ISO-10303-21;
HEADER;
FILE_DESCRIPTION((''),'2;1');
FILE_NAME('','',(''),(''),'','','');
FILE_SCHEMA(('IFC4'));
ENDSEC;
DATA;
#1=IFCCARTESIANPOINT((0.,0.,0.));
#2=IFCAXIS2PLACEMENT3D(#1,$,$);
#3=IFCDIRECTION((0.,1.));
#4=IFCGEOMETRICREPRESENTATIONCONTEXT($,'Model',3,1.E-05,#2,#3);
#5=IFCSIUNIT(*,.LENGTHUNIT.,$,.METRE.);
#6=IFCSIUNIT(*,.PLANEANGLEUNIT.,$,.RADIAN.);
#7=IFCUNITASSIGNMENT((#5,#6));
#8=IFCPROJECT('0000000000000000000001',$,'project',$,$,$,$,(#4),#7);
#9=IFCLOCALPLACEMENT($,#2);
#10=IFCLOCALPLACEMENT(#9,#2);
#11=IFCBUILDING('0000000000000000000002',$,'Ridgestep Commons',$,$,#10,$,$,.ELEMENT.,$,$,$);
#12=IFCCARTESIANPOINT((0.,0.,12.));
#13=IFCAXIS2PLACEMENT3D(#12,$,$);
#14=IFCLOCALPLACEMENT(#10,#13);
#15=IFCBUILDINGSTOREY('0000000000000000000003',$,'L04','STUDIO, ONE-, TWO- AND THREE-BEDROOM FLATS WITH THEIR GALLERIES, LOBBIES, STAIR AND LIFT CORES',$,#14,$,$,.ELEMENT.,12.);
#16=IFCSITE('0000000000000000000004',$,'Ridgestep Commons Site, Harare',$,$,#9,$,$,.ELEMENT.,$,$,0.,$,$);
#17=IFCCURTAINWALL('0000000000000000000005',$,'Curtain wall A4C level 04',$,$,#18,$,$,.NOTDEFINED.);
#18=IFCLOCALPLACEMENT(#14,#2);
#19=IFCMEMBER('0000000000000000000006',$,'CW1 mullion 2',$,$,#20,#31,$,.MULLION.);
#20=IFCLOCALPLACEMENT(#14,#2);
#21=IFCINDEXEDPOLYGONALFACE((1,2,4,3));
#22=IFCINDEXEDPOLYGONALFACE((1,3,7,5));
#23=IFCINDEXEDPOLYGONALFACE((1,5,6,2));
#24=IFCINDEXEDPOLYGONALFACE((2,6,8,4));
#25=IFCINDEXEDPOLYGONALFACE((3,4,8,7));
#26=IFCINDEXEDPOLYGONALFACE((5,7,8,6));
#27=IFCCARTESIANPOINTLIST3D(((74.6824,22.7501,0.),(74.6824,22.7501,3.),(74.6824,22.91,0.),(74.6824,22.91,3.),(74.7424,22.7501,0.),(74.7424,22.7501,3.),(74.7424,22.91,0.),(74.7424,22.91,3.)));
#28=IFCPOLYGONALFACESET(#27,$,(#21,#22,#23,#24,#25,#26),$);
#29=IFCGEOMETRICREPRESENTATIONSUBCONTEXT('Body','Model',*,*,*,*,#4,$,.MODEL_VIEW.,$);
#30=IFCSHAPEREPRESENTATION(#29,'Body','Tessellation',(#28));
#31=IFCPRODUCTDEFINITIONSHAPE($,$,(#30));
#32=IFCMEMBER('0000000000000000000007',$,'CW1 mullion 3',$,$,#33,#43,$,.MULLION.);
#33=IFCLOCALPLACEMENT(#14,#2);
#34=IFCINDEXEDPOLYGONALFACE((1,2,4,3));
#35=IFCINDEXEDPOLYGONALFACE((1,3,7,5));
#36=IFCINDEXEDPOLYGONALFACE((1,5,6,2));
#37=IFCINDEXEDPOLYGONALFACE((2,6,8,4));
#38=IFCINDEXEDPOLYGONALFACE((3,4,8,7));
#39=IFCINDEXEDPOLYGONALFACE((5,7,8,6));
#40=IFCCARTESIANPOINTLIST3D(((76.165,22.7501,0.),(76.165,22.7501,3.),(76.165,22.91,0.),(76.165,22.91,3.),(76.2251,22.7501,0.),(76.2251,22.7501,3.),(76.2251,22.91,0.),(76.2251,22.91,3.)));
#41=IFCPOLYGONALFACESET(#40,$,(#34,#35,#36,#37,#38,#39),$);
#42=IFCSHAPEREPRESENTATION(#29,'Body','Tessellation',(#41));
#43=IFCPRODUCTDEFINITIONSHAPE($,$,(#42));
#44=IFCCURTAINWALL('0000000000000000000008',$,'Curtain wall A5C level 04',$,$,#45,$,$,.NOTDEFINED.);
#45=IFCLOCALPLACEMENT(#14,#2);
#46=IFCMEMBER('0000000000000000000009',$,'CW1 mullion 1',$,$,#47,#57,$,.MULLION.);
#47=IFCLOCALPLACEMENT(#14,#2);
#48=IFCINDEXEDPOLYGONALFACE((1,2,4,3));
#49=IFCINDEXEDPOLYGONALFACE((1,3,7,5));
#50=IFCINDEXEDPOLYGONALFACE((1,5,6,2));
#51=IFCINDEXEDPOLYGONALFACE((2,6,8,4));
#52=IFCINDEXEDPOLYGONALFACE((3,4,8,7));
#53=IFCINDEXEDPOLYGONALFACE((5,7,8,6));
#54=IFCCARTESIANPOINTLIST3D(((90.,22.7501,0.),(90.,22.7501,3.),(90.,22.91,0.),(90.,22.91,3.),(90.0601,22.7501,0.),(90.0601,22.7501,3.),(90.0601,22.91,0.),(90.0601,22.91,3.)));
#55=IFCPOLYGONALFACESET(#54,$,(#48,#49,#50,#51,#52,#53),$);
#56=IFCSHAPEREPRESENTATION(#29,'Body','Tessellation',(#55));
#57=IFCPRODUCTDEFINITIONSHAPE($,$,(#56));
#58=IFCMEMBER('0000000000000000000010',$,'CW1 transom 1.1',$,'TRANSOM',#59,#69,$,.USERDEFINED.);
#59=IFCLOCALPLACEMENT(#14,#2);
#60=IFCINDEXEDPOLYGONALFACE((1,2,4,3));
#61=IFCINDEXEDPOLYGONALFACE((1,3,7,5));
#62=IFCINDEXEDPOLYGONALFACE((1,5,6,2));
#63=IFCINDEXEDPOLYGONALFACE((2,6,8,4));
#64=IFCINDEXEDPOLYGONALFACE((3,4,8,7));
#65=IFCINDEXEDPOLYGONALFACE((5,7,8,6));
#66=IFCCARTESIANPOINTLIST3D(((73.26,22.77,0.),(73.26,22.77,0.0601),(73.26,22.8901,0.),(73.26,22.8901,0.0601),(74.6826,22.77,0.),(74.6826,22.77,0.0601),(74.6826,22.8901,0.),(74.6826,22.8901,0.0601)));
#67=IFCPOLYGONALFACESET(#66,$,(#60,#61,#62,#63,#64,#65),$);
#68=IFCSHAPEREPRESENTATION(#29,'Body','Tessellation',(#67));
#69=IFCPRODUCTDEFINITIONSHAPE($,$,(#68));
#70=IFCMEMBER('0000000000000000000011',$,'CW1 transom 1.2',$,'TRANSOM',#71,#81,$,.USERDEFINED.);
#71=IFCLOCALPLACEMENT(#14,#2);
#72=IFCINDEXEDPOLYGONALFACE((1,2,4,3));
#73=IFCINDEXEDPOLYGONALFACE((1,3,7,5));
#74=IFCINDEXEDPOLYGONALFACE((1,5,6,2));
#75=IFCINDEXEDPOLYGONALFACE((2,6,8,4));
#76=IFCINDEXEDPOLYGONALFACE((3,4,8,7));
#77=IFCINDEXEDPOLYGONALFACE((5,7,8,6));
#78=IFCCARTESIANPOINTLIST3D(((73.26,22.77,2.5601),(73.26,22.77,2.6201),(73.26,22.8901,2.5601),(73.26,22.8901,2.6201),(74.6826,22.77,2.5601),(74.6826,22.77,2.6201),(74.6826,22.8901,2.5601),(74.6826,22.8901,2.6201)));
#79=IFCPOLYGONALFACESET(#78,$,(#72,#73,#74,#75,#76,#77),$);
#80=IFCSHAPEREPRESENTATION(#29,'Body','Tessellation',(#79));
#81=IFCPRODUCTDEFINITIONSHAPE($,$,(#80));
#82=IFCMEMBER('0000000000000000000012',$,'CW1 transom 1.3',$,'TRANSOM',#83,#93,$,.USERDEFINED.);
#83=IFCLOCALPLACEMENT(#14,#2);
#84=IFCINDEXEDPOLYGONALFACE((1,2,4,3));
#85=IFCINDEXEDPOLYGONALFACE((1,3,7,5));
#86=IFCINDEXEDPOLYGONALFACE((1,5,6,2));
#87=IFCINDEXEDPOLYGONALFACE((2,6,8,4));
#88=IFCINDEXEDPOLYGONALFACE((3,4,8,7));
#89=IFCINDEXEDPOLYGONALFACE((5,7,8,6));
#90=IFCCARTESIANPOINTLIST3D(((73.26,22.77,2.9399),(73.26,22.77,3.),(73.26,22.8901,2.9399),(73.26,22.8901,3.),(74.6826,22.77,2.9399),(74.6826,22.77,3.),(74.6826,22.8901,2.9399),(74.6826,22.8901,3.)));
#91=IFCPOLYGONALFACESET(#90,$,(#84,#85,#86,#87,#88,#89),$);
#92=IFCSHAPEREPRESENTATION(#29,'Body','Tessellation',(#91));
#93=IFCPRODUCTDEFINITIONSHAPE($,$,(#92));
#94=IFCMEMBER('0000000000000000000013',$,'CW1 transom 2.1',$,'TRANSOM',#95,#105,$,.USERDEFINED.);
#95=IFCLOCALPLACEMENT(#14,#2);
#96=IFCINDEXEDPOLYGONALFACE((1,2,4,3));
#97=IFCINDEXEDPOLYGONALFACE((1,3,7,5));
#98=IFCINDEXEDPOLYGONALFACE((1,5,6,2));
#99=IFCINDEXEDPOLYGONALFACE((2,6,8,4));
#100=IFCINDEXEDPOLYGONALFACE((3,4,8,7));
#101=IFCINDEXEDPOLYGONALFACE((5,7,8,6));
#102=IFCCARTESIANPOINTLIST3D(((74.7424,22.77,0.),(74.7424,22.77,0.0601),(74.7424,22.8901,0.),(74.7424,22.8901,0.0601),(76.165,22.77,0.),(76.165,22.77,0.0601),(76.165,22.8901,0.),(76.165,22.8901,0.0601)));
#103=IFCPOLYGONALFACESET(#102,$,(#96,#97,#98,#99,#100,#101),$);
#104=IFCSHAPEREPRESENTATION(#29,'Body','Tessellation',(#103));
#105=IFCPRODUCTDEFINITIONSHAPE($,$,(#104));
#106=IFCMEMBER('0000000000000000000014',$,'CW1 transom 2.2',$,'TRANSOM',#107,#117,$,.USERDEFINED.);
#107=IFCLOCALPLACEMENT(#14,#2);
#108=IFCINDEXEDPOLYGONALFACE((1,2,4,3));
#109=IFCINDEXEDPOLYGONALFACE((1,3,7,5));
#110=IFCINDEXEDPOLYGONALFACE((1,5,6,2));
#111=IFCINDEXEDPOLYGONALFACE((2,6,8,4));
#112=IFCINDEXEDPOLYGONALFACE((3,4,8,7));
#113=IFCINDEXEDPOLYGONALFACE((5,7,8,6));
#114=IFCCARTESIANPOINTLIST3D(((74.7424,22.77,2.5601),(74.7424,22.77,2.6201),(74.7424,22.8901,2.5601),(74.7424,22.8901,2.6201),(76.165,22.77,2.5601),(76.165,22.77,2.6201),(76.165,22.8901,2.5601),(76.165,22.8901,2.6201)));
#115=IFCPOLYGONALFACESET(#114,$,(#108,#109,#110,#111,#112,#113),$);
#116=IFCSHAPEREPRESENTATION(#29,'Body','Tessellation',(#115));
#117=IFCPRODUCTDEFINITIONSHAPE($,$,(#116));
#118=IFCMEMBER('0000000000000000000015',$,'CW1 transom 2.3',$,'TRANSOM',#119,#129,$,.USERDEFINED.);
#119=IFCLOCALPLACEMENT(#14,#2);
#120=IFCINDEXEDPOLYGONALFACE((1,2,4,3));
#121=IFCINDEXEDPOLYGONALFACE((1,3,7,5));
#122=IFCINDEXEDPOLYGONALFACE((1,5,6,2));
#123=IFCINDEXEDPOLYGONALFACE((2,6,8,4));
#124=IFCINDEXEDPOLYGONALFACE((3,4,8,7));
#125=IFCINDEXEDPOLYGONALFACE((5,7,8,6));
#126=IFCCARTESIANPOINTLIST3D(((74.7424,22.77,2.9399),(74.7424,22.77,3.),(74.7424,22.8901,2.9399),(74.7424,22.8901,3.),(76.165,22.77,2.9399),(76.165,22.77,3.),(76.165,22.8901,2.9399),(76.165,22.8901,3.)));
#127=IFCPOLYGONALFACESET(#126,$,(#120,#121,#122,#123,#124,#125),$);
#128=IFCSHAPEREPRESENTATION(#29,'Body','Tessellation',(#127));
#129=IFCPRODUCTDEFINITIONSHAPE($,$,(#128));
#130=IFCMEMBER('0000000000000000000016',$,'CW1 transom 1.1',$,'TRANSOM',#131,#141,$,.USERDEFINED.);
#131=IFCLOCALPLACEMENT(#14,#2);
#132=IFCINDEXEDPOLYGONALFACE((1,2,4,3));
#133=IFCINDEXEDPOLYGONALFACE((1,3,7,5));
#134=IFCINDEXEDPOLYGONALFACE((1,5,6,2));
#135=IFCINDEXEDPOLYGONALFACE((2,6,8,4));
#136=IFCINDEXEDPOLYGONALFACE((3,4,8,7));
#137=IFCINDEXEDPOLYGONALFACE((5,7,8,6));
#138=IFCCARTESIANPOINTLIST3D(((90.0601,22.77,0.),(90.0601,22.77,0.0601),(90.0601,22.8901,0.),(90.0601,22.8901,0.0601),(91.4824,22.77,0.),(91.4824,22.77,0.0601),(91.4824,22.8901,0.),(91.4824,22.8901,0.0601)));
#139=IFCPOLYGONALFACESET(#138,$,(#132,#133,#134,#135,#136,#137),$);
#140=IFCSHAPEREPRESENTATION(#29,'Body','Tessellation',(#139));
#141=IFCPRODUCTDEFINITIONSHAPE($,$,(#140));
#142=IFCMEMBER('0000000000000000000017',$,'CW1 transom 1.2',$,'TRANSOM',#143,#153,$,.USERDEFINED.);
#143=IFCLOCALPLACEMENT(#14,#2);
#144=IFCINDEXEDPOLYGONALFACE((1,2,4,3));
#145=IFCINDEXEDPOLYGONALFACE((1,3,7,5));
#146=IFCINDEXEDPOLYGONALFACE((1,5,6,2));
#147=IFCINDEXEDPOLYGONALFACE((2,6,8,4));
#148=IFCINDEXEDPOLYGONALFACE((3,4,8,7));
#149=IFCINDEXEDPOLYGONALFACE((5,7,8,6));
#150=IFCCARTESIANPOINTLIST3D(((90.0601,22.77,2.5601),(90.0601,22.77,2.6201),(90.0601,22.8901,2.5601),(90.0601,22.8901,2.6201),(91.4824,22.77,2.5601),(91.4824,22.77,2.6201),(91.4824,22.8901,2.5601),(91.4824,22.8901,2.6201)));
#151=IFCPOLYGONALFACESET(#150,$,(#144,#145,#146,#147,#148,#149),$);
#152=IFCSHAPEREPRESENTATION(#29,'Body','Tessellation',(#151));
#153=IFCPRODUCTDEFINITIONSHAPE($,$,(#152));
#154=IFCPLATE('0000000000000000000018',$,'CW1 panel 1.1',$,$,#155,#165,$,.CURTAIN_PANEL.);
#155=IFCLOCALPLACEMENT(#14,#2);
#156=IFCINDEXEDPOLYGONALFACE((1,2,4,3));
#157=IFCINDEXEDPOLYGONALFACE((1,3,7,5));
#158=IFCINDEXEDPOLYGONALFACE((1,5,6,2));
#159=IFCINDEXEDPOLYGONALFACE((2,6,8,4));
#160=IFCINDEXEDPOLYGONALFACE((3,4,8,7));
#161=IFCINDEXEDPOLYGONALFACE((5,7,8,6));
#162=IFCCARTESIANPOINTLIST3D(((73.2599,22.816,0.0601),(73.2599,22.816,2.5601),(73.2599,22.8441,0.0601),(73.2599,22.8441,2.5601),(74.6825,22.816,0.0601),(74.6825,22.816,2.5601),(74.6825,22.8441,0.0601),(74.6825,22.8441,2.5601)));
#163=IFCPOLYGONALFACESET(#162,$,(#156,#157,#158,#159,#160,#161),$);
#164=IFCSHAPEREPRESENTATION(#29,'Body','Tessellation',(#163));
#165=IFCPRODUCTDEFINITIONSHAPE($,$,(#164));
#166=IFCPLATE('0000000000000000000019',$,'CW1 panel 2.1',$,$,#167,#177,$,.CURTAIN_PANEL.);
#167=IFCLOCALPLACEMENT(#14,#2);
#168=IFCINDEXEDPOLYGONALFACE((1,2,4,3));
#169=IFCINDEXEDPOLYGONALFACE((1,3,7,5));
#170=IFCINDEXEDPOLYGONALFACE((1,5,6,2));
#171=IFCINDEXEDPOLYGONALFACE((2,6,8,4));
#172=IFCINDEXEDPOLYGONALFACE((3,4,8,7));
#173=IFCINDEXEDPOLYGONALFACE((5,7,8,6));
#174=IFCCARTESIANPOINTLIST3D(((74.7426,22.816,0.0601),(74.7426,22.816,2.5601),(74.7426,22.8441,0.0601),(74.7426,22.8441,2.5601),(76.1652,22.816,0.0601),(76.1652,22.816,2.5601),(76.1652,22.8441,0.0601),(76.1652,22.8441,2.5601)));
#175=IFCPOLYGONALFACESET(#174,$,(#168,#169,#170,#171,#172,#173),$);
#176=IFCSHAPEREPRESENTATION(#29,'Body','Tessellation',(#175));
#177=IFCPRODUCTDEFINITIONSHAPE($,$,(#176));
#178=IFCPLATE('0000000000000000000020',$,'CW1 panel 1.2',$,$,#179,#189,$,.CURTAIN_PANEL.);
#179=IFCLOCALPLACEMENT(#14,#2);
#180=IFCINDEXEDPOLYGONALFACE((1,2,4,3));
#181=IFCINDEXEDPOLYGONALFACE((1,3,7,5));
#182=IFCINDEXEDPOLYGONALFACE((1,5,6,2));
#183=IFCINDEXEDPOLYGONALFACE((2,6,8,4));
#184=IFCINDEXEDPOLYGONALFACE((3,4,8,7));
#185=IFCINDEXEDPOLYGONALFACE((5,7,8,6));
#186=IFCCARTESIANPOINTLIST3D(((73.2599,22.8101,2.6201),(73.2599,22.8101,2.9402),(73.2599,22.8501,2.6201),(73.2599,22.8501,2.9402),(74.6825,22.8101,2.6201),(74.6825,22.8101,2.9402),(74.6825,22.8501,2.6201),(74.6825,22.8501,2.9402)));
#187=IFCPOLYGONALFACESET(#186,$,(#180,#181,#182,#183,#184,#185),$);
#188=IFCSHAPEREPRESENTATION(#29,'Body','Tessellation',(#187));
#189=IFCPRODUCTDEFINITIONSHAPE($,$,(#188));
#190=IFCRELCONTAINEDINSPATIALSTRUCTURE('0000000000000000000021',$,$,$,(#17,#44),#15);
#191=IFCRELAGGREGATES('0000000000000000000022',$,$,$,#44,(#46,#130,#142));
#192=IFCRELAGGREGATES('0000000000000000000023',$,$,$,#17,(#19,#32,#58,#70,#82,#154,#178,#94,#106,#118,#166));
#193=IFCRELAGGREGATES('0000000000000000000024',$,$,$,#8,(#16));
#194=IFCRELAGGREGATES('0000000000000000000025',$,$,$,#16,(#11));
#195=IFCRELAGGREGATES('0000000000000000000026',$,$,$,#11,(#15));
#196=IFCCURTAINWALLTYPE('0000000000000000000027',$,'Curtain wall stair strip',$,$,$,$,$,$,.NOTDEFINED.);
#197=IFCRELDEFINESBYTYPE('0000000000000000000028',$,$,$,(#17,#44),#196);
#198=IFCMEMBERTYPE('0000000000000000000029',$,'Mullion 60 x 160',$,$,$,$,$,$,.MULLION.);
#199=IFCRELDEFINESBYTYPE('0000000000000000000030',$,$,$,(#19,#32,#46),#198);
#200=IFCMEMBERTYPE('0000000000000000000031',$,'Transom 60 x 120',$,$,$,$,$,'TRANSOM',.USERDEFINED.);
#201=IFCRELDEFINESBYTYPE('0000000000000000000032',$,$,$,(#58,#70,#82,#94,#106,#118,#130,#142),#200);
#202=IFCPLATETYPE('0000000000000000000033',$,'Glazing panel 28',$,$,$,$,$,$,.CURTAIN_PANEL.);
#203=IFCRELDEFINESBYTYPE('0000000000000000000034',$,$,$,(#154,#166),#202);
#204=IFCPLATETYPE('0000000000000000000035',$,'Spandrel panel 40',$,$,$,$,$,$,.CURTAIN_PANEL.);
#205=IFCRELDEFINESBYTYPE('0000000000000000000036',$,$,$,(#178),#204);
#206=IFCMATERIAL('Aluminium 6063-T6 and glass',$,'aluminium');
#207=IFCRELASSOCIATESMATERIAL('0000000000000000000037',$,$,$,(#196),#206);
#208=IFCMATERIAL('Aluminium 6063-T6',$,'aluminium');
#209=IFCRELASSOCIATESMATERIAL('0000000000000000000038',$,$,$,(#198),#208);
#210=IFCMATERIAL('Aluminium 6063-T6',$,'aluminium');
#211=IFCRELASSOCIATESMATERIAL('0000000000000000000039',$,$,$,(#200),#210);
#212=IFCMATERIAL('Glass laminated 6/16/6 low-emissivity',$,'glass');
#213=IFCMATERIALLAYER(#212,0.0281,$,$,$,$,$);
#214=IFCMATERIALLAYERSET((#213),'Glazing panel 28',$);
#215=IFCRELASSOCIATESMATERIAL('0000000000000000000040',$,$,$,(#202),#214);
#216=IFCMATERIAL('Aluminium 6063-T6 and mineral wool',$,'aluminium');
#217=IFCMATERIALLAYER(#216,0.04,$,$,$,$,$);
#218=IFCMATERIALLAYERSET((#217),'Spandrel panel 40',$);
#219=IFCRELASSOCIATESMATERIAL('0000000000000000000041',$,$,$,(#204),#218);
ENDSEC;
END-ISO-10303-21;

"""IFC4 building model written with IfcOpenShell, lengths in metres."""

from ifc_helpers import new_model, si_unit, direction, frame, origin, origin_2d, place, context, subcontext, project, spatial, rectangle, extrude, material, layer, layer_set, material_profile, profile_set, type_object, element, aggregate, save


model = new_model("IFC4")

# Units and contexts
model_context = context("Model", 3, precision=1e-05, world=origin(), true_north=direction((0.0, 1.0)))
body_context = subcontext(model_context, "Body", "Model", "MODEL_VIEW")
ifc_project = project(units=[si_unit("LENGTHUNIT", "METRE"), si_unit("PLANEANGLEUNIT", "RADIAN")], contexts=[model_context])

# Site, building, storey
site_placement = place(None, origin())
site = spatial("IfcSite", under=ifc_project, at=site_placement, Name="Ridgestep Commons Site, Harare", CompositionType="ELEMENT", RefElevation=0.0)
building_placement = place(site_placement, origin())
building = spatial("IfcBuilding", under=site, at=building_placement, Name="Ridgestep Commons", CompositionType="ELEMENT")
storey_placement = place(building_placement, frame((0.0, 0.0, 12.0)))
storey = spatial("IfcBuildingStorey", under=building, at=storey_placement, Name="L04", Description="STUDIO, ONE-, TWO- AND THREE-BEDROOM FLATS WITH THEIR GALLERIES, LOBBIES, STAIR AND LIFT CORES", CompositionType="ELEMENT", Elevation=12.0)

# Curtain wall, members
ifc_material_1 = material(Name="Aluminium 6063-T6 and glass", Category="aluminium")
curtain_wall_type = type_object("IfcCurtainWallType", Name="Curtain wall stair strip", PredefinedType="NOTDEFINED", material=ifc_material_1)
curtain_wall_1_placement = place(storey_placement, origin())
curtain_wall_1 = element("IfcCurtainWall", 1, at=curtain_wall_1_placement, inside=storey, type_object=curtain_wall_type, Name="Curtain wall A4C level 04", PredefinedType="NOTDEFINED")
ifc_material_2 = material(Name="Aluminium 6063-T6", Category="aluminium")
ifc_material_profile_1 = material_profile(ifc_material_2, rectangle(XDim=0.1599, YDim=0.0601, at=origin_2d()), Name="Mullion 60 x 160")
ifc_profile_set_1 = profile_set([ifc_material_profile_1], Name="Aluminium 6063-T6")
member_type_1 = type_object("IfcMemberType", Name="Mullion 60 x 160", PredefinedType="MULLION", material=ifc_profile_set_1)
member_1_placement = place(storey_placement, frame((74.7124, 22.8301, 0.0), z_axis=(0.0, 0.0, 1.0), x_axis=(0.0, 1.0, 0.0)))
member_1 = element("IfcMember", 2, at=member_1_placement, type_object=member_type_1, Name="CW1 mullion 2", PredefinedType="MULLION", context=body_context, shape_type="SweptSolid", body=[
    extrude(rectangle(XDim=0.1599, YDim=0.0601, at=origin_2d()), origin(), (0.0, 0.0, 1.0), 3.0),
])
member_2_placement = place(storey_placement, frame((76.1951, 22.8301, 0.0), z_axis=(0.0, 0.0, 1.0), x_axis=(0.0, 1.0, 0.0)))
member_2 = element("IfcMember", 3, at=member_2_placement, type_object=member_type_1, Name="CW1 mullion 3", PredefinedType="MULLION", context=body_context, shape_type="SweptSolid", body=[
    extrude(rectangle(XDim=0.1599, YDim=0.0601, at=origin_2d()), origin(), (0.0, 0.0, 1.0), 3.0),
])

# Curtain wall, member
curtain_wall_2_placement = place(storey_placement, origin())
curtain_wall_2 = element("IfcCurtainWall", 4, at=curtain_wall_2_placement, inside=storey, type_object=curtain_wall_type, Name="Curtain wall A5C level 04", PredefinedType="NOTDEFINED")
member_3_placement = place(storey_placement, frame((90.03, 22.8301, 0.0), z_axis=(0.0, 0.0, 1.0), x_axis=(0.0, 1.0, 0.0)))
member_3 = element("IfcMember", 5, at=member_3_placement, type_object=member_type_1, Name="CW1 mullion 1", PredefinedType="MULLION", context=body_context, shape_type="SweptSolid", body=[
    extrude(rectangle(XDim=0.1599, YDim=0.0601, at=origin_2d()), origin(), (0.0, 0.0, 1.0), 3.0),
])

# Members
ifc_material_3 = material(Name="Aluminium 6063-T6", Category="aluminium")
ifc_material_profile_2 = material_profile(ifc_material_3, rectangle(XDim=0.1201, YDim=0.0601, at=origin_2d()), Name="Transom 60 x 120")
ifc_profile_set_2 = profile_set([ifc_material_profile_2], Name="Aluminium 6063-T6")
member_type_2 = type_object("IfcMemberType", Name="Transom 60 x 120", ElementType="TRANSOM", PredefinedType="USERDEFINED", material=ifc_profile_set_2)
member_4_placement = place(storey_placement, frame((73.26, 22.8301, 0.03), z_axis=(1.0, 0.0, 0.0), x_axis=(0.0, 1.0, 0.0)))
member_4 = element("IfcMember", 6, at=member_4_placement, type_object=member_type_2, Name="CW1 transom 1.1", ObjectType="TRANSOM", PredefinedType="USERDEFINED", context=body_context, shape_type="SweptSolid", body=[
    extrude(rectangle(XDim=0.1201, YDim=0.0601, at=origin_2d()), origin(), (0.0, 0.0, 1.0), 1.4226),
])
member_5_placement = place(storey_placement, frame((73.26, 22.8301, 2.5901), z_axis=(1.0, 0.0, 0.0), x_axis=(0.0, 1.0, 0.0)))
member_5 = element("IfcMember", 7, at=member_5_placement, type_object=member_type_2, Name="CW1 transom 1.2", ObjectType="TRANSOM", PredefinedType="USERDEFINED", context=body_context, shape_type="SweptSolid", body=[
    extrude(rectangle(XDim=0.1201, YDim=0.0601, at=origin_2d()), origin(), (0.0, 0.0, 1.0), 1.4226),
])
member_6_placement = place(storey_placement, frame((73.26, 22.8301, 2.97), z_axis=(1.0, 0.0, 0.0), x_axis=(0.0, 1.0, 0.0)))
member_6 = element("IfcMember", 8, at=member_6_placement, type_object=member_type_2, Name="CW1 transom 1.3", ObjectType="TRANSOM", PredefinedType="USERDEFINED", context=body_context, shape_type="SweptSolid", body=[
    extrude(rectangle(XDim=0.1201, YDim=0.0601, at=origin_2d()), origin(), (0.0, 0.0, 1.0), 1.4226),
])
member_7_placement = place(storey_placement, frame((74.7424, 22.8301, 0.03), z_axis=(1.0, 0.0, 0.0), x_axis=(0.0, 1.0, 0.0)))
member_7 = element("IfcMember", 9, at=member_7_placement, type_object=member_type_2, Name="CW1 transom 2.1", ObjectType="TRANSOM", PredefinedType="USERDEFINED", context=body_context, shape_type="SweptSolid", body=[
    extrude(rectangle(XDim=0.1201, YDim=0.0601, at=origin_2d()), origin(), (0.0, 0.0, 1.0), 1.4226),
])
member_8_placement = place(storey_placement, frame((74.7424, 22.8301, 2.5901), z_axis=(1.0, 0.0, 0.0), x_axis=(0.0, 1.0, 0.0)))
member_8 = element("IfcMember", 10, at=member_8_placement, type_object=member_type_2, Name="CW1 transom 2.2", ObjectType="TRANSOM", PredefinedType="USERDEFINED", context=body_context, shape_type="SweptSolid", body=[
    extrude(rectangle(XDim=0.1201, YDim=0.0601, at=origin_2d()), origin(), (0.0, 0.0, 1.0), 1.4226),
])
member_9_placement = place(storey_placement, frame((74.7424, 22.8301, 2.97), z_axis=(1.0, 0.0, 0.0), x_axis=(0.0, 1.0, 0.0)))
member_9 = element("IfcMember", 11, at=member_9_placement, type_object=member_type_2, Name="CW1 transom 2.3", ObjectType="TRANSOM", PredefinedType="USERDEFINED", context=body_context, shape_type="SweptSolid", body=[
    extrude(rectangle(XDim=0.1201, YDim=0.0601, at=origin_2d()), origin(), (0.0, 0.0, 1.0), 1.4226),
])
member_10_placement = place(storey_placement, frame((90.0601, 22.8301, 0.03), z_axis=(1.0, 0.0, 0.0), x_axis=(0.0, 1.0, 0.0)))
member_10 = element("IfcMember", 12, at=member_10_placement, type_object=member_type_2, Name="CW1 transom 1.1", ObjectType="TRANSOM", PredefinedType="USERDEFINED", context=body_context, shape_type="SweptSolid", body=[
    extrude(rectangle(XDim=0.1201, YDim=0.0601, at=origin_2d()), origin(), (0.0, 0.0, 1.0), 1.4224),
])
member_11_placement = place(storey_placement, frame((90.0601, 22.8301, 2.5901), z_axis=(1.0, 0.0, 0.0), x_axis=(0.0, 1.0, 0.0)))
member_11 = element("IfcMember", 13, at=member_11_placement, type_object=member_type_2, Name="CW1 transom 1.2", ObjectType="TRANSOM", PredefinedType="USERDEFINED", context=body_context, shape_type="SweptSolid", body=[
    extrude(rectangle(XDim=0.1201, YDim=0.0601, at=origin_2d()), origin(), (0.0, 0.0, 1.0), 1.4224),
])
aggregate(curtain_wall_2, [member_3, member_10, member_11])

# Plates
ifc_material_4 = material(Name="Glass laminated 6/16/6 low-emissivity", Category="glass")
ifc_layer_1 = layer(ifc_material_4, 0.0281)
ifc_layer_set_1 = layer_set([ifc_layer_1], Name="Glazing panel 28")
plate_type_1 = type_object("IfcPlateType", Name="Glazing panel 28", PredefinedType="CURTAIN_PANEL", material=ifc_layer_set_1)
plate_1_placement = place(storey_placement, frame((73.9712, 22.8301, 0.0601), z_axis=(0.0, 0.0, 1.0), x_axis=(1.0, 0.0, 0.0)))
plate_1 = element("IfcPlate", 14, at=plate_1_placement, type_object=plate_type_1, Name="CW1 panel 1.1", PredefinedType="CURTAIN_PANEL", context=body_context, shape_type="SweptSolid", body=[
    extrude(rectangle(XDim=1.4226, YDim=0.0281, at=origin_2d()), origin(), (0.0, 0.0, 1.0), 2.5),
])
plate_2_placement = place(storey_placement, frame((75.4539, 22.8301, 0.0601), z_axis=(0.0, 0.0, 1.0), x_axis=(1.0, 0.0, 0.0)))
plate_2 = element("IfcPlate", 15, at=plate_2_placement, type_object=plate_type_1, Name="CW1 panel 2.1", PredefinedType="CURTAIN_PANEL", context=body_context, shape_type="SweptSolid", body=[
    extrude(rectangle(XDim=1.4226, YDim=0.0281, at=origin_2d()), origin(), (0.0, 0.0, 1.0), 2.5),
])
ifc_material_5 = material(Name="Aluminium 6063-T6 and mineral wool", Category="aluminium")
ifc_layer_2 = layer(ifc_material_5, 0.04)
ifc_layer_set_2 = layer_set([ifc_layer_2], Name="Spandrel panel 40")
plate_type_2 = type_object("IfcPlateType", Name="Spandrel panel 40", PredefinedType="CURTAIN_PANEL", material=ifc_layer_set_2)
plate_3_placement = place(storey_placement, frame((73.9712, 22.8301, 2.6201), z_axis=(0.0, 0.0, 1.0), x_axis=(1.0, 0.0, 0.0)))
plate_3 = element("IfcPlate", 16, at=plate_3_placement, type_object=plate_type_2, Name="CW1 panel 1.2", PredefinedType="CURTAIN_PANEL", context=body_context, shape_type="SweptSolid", body=[
    extrude(rectangle(XDim=1.4226, YDim=0.04, at=origin_2d()), origin(), (0.0, 0.0, 1.0), 0.3201),
])
aggregate(curtain_wall_1, [member_1, member_2, member_4, member_5, member_6, plate_1, plate_3, member_7, member_8, member_9, plate_2])

save(model, "model.ifc")
